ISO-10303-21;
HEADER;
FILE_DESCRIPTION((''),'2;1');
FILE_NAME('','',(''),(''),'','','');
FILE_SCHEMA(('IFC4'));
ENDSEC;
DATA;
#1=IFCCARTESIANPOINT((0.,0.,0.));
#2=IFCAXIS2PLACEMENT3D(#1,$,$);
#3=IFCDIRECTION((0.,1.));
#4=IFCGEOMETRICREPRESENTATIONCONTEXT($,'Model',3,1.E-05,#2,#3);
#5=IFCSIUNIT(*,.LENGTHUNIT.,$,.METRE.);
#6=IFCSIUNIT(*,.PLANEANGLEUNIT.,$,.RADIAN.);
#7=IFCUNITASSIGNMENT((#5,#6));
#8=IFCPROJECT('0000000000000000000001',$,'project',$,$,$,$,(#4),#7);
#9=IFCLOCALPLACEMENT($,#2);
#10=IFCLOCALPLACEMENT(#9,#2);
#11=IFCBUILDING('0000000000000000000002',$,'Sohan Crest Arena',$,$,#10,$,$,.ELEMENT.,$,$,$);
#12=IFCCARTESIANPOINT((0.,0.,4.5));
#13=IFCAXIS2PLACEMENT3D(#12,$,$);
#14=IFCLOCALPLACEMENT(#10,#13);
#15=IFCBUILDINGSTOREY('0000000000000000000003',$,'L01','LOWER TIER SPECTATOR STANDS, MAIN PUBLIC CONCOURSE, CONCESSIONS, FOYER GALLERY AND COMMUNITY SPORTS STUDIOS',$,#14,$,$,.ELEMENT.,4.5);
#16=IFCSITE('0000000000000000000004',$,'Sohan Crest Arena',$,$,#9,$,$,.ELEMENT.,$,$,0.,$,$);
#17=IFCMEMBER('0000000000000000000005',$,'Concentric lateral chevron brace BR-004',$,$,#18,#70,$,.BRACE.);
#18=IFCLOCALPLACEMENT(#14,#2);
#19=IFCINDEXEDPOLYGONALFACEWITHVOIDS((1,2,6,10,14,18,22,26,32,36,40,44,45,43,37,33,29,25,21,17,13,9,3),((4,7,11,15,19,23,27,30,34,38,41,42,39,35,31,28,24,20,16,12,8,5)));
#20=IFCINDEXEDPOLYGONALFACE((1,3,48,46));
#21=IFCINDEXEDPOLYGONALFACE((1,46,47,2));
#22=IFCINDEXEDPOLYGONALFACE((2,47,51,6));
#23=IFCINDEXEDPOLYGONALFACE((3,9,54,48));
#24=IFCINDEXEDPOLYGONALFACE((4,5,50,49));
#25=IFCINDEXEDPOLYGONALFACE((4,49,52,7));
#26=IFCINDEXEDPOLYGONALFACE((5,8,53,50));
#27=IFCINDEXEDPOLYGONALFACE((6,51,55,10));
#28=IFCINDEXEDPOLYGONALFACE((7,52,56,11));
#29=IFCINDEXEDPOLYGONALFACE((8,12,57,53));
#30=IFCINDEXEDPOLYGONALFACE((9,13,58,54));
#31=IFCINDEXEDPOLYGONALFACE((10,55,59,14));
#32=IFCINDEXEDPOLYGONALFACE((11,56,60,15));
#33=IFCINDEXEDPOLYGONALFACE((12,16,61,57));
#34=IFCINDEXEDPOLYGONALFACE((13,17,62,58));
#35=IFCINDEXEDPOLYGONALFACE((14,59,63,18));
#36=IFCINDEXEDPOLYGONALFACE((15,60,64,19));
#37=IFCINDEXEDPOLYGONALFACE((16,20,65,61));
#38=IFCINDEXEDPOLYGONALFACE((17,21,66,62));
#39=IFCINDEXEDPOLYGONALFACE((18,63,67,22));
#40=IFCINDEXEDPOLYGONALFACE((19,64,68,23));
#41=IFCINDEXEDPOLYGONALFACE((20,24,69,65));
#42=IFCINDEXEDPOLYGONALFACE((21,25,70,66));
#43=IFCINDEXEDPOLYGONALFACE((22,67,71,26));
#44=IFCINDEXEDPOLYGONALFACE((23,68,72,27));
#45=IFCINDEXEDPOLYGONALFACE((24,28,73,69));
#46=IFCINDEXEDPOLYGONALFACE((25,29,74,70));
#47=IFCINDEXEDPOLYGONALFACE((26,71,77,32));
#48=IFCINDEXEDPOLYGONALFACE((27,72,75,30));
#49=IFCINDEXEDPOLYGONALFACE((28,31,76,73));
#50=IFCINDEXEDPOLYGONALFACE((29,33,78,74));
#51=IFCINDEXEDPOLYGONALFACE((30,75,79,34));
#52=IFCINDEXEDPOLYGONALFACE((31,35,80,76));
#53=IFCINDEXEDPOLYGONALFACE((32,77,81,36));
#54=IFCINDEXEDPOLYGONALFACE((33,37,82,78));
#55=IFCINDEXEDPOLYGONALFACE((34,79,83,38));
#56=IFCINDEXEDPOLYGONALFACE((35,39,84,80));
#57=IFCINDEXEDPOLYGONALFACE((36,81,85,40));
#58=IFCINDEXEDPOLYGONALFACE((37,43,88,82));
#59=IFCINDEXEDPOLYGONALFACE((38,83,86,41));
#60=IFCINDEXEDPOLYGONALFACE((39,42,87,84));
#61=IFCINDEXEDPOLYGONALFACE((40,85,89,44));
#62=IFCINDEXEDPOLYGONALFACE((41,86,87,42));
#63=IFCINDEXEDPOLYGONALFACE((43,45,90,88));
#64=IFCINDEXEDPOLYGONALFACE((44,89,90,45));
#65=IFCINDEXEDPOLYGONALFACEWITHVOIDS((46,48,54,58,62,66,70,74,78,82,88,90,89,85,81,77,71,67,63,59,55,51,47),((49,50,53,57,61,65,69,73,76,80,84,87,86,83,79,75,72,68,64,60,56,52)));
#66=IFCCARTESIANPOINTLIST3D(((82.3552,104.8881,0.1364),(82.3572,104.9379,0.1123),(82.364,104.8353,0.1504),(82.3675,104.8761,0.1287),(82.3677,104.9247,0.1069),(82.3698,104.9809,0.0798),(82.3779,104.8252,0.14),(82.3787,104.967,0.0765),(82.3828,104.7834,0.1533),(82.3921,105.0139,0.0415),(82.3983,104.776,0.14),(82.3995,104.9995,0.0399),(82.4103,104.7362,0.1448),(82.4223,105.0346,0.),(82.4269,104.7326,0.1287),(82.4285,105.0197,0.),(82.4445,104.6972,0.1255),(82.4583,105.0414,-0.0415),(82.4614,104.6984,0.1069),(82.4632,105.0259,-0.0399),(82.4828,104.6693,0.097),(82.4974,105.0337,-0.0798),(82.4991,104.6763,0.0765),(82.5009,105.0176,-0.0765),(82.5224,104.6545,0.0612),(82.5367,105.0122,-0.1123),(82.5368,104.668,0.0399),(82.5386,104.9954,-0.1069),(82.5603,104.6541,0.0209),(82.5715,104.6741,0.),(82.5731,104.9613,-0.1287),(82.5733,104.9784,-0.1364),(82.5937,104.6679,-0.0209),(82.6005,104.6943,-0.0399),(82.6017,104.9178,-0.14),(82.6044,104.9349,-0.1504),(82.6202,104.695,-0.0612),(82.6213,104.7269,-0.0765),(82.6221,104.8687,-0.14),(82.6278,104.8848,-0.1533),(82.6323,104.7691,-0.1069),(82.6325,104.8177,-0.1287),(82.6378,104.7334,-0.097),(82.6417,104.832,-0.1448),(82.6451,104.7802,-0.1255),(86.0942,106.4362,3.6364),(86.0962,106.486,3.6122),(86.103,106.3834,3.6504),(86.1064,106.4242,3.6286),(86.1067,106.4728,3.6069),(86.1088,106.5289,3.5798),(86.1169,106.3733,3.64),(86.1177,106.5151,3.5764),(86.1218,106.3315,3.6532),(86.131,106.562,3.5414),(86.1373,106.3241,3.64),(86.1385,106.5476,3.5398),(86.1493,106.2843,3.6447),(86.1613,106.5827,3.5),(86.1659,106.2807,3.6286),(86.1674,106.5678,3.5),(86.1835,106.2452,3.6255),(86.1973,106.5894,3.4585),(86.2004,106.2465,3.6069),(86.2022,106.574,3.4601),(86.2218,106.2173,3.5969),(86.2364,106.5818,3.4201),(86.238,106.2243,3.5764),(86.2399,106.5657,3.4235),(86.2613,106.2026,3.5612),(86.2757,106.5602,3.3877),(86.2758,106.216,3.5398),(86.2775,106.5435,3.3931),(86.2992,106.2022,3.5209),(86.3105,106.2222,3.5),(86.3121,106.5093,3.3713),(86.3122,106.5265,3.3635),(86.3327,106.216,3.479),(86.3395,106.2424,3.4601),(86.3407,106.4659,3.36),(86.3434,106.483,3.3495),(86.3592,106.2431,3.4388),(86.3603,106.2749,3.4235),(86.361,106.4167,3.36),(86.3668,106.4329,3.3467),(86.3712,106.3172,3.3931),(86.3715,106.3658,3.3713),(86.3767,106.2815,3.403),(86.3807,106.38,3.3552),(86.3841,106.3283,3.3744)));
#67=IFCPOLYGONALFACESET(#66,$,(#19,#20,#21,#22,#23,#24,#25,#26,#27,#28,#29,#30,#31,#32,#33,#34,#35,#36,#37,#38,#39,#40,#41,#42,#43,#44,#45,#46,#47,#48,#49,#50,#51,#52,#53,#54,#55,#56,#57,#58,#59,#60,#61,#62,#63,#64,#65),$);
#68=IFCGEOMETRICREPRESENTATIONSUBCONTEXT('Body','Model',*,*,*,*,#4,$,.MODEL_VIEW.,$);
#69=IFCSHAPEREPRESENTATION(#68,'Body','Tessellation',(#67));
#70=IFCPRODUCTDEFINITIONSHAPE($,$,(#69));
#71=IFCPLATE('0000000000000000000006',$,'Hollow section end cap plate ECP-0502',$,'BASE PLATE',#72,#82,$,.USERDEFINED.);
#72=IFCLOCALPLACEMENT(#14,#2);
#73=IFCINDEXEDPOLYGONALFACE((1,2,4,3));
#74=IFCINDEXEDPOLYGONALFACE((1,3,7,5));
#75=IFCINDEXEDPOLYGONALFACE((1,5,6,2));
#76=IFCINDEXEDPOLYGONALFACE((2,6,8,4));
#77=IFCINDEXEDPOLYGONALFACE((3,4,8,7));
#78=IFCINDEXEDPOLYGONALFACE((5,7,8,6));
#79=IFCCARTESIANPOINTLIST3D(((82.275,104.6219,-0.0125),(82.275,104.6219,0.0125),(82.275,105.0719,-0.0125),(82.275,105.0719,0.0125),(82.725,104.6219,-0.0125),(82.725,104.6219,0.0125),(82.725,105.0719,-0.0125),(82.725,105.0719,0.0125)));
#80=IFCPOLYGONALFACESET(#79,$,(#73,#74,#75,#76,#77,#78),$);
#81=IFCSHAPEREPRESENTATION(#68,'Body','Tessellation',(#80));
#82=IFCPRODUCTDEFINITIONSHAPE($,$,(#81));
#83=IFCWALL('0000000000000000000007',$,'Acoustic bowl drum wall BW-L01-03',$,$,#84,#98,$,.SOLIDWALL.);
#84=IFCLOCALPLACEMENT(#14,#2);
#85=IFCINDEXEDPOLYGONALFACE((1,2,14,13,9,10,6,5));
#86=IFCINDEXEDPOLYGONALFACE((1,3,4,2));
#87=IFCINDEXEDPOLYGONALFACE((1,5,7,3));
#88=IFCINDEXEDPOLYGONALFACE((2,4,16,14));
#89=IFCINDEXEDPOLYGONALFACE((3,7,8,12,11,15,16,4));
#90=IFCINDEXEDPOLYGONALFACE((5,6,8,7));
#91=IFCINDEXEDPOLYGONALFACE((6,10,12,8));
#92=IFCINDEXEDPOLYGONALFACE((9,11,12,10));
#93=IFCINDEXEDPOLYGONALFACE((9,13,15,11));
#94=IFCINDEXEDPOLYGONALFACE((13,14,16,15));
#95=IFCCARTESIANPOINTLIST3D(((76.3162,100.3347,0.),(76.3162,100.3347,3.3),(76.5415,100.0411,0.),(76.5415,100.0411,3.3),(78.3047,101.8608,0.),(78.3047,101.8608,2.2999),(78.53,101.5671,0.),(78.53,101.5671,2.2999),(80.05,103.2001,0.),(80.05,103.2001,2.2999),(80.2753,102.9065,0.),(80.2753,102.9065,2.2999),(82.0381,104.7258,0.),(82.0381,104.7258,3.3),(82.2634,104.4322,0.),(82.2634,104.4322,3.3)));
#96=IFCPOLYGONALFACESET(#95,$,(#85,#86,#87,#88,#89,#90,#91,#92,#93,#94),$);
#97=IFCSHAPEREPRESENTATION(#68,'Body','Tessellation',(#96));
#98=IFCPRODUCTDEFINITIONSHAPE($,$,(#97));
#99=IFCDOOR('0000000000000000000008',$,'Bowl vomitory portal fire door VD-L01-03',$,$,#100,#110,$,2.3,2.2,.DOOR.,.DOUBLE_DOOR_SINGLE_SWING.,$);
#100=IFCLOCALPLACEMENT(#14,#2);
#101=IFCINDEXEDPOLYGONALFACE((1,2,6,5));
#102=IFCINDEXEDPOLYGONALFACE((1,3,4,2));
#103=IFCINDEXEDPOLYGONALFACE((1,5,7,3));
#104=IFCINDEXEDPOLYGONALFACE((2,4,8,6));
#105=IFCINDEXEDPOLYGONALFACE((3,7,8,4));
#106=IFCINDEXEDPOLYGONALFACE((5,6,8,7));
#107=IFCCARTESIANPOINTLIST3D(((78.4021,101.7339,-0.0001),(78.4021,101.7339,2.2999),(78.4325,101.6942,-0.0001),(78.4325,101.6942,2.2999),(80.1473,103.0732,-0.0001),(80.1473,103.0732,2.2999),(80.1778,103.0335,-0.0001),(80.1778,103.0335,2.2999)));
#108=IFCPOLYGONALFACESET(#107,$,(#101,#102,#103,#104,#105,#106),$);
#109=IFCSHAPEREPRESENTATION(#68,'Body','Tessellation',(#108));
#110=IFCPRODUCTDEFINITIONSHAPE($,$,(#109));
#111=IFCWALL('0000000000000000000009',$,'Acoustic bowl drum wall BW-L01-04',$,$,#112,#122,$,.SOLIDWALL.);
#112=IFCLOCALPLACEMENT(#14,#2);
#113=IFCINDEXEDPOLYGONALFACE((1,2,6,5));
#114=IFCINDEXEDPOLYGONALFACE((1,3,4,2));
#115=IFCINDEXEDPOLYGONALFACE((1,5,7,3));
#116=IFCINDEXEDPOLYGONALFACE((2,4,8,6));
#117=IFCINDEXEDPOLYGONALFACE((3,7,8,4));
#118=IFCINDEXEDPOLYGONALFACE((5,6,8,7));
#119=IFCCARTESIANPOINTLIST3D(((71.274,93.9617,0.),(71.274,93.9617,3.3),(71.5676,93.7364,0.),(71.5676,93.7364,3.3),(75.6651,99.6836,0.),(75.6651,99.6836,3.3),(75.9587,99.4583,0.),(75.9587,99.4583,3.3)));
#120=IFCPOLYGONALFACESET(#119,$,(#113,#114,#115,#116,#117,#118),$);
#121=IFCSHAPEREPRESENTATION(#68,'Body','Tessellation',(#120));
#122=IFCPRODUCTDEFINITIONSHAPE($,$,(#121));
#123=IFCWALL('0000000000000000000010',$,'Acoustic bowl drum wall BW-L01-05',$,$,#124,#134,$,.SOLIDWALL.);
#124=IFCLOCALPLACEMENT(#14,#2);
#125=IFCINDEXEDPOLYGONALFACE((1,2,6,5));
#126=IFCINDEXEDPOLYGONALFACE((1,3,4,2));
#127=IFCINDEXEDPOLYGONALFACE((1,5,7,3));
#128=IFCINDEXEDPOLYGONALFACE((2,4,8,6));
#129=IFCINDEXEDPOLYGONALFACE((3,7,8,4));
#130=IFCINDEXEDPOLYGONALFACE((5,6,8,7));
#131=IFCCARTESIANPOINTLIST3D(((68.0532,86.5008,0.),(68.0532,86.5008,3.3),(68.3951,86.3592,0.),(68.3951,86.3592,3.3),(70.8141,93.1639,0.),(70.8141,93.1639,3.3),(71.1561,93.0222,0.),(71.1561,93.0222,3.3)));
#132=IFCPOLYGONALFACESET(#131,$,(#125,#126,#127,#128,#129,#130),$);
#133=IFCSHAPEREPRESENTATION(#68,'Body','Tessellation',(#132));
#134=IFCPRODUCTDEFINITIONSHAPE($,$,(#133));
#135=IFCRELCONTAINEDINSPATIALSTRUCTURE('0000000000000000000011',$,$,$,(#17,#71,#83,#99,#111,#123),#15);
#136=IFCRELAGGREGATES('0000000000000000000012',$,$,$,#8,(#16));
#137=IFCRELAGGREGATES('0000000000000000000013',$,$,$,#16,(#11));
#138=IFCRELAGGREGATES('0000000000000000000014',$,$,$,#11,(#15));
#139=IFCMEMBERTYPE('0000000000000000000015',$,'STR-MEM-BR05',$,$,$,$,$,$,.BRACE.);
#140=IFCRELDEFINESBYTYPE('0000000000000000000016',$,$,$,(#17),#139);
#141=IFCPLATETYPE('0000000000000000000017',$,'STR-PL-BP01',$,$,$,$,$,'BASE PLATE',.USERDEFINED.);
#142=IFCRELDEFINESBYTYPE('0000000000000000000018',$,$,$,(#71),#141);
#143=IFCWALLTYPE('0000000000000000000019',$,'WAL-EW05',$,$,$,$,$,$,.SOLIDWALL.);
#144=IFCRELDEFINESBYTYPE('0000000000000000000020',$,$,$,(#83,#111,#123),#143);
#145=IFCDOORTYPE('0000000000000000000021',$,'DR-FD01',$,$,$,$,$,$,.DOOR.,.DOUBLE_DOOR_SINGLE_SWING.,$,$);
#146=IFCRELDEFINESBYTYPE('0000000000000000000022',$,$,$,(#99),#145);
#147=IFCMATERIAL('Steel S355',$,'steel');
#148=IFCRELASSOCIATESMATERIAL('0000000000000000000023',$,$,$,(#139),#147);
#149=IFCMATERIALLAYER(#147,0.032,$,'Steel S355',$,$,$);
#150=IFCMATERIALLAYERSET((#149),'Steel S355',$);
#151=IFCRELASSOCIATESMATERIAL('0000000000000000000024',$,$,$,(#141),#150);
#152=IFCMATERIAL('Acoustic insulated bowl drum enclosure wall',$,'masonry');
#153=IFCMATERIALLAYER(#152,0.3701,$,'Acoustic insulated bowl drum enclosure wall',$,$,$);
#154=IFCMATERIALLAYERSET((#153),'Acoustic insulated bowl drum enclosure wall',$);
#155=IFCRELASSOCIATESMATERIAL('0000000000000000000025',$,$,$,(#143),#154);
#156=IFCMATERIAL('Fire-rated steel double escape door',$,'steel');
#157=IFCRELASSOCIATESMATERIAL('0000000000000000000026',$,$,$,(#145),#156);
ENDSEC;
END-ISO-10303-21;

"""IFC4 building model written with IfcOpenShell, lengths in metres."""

from ifc_helpers import new_model, si_unit, direction, frame, frame_2d, origin, origin_2d, place, context, subcontext, project, spatial, rectangle, hollow_circle, extrude, material, layer, layer_set, material_profile, profile_set, type_object, element, fill, save


model = new_model("IFC4")

# Units and contexts
model_context = context("Model", 3, precision=1e-05, world=origin(), true_north=direction((0.0, 1.0)))
body_context = subcontext(model_context, "Body", "Model", "MODEL_VIEW")
ifc_project = project(units=[si_unit("LENGTHUNIT", "METRE"), si_unit("PLANEANGLEUNIT", "RADIAN")], contexts=[model_context])

# Site, building, storey
site_placement = place(None, origin())
site = spatial("IfcSite", under=ifc_project, at=site_placement, Name="Sohan Crest Arena", CompositionType="ELEMENT", RefElevation=0.0)
building_placement = place(site_placement, origin())
building = spatial("IfcBuilding", under=site, at=building_placement, Name="Sohan Crest Arena", CompositionType="ELEMENT")
storey_placement = place(building_placement, frame((0.0, 0.0, 4.5)))
storey = spatial("IfcBuildingStorey", under=building, at=storey_placement, Name="L01", Description="LOWER TIER SPECTATOR STANDS, MAIN PUBLIC CONCOURSE, CONCESSIONS, FOYER GALLERY AND COMMUNITY SPORTS STUDIOS", CompositionType="ELEMENT", Elevation=4.5)

# Shared definitions
ifc_material_1 = material(Name="Steel S355", Category="steel")

# Member
ifc_material_profile_1 = material_profile(ifc_material_1, hollow_circle(Radius=0.2031, WallThickness=0.0161, at=origin_2d()), Name="CHS 406.4x16")
ifc_profile_set_1 = profile_set([ifc_material_profile_1], Name="Steel S355")
member_type = type_object("IfcMemberType", Name="STR-MEM-BR05", PredefinedType="BRACE", material=ifc_profile_set_1)
member_placement = place(storey_placement, frame((82.5, 104.8469, 0.0), z_axis=(0.698828, 0.289342, 0.654156), x_axis=(-0.382545, 0.923937, 0.0)))
element("IfcMember", 1, at=member_placement, inside=storey, type_object=member_type, Name="Concentric lateral chevron brace BR-004", PredefinedType="BRACE", context=body_context, shape_type="SweptSolid", body=[
    extrude(hollow_circle(Radius=0.2031, WallThickness=0.0161, at=origin_2d()), origin(), (0.0, 0.0, 1.0), 5.3503),
])

# Plate
ifc_layer_1 = layer(ifc_material_1, 0.032, Name="Steel S355")
ifc_layer_set_1 = layer_set([ifc_layer_1], Name="Steel S355")
plate_type = type_object("IfcPlateType", Name="STR-PL-BP01", ElementType="BASE PLATE", PredefinedType="USERDEFINED", material=ifc_layer_set_1)
plate_placement = place(storey_placement, frame((82.5, 104.8469, -0.0125), z_axis=(0.0, 0.0, 1.0), x_axis=(1.0, 0.0, 0.0)))
element("IfcPlate", 2, at=plate_placement, inside=storey, type_object=plate_type, Name="Hollow section end cap plate ECP-0502", ObjectType="BASE PLATE", PredefinedType="USERDEFINED", context=body_context, shape_type="SweptSolid", body=[
    extrude(rectangle(XDim=0.45, YDim=0.45, at=origin_2d()), origin(), (0.0, 0.0, 1.0), 0.0249),
])

# Wall, opening, door
ifc_material_2 = material(Name="Acoustic insulated bowl drum enclosure wall", Category="masonry")
ifc_layer_2 = layer(ifc_material_2, 0.3701, Name="Acoustic insulated bowl drum enclosure wall")
ifc_layer_set_2 = layer_set([ifc_layer_2], Name="Acoustic insulated bowl drum enclosure wall")
wall_type = type_object("IfcWallType", Name="WAL-EW05", PredefinedType="SOLIDWALL", material=ifc_layer_set_2)
wall_1_placement = place(storey_placement, frame((82.1509, 104.5791, 0.0), z_axis=(0.0, 0.0, 1.0), x_axis=(-0.793318, -0.608807, 0.0)))
wall_1 = element("IfcWall", 3, at=wall_1_placement, inside=storey, type_object=wall_type, Name="Acoustic bowl drum wall BW-L01-03", PredefinedType="SOLIDWALL", context=body_context, shape_type="SweptSolid", body=[
    extrude(rectangle(XDim=7.2126, YDim=0.3701, at=frame_2d((3.6064, 0.0))), origin(), (0.0, 0.0, 1.0), 3.3),
])
opening_placement = place(wall_1_placement, frame((2.5061, 0.0, 0.0)))
opening = element("IfcOpeningElement", 4, at=opening_placement, cuts=wall_1, PredefinedType="OPENING", context=body_context, shape_type="SweptSolid", body=[
    extrude(rectangle(XDim=2.2, YDim=2.3, at=frame_2d((1.1001, 1.1499))), frame((0.0, 0.1951, 0.0), z_axis=(0.0, -1.0, 0.0), x_axis=(1.0, 0.0, 0.0)), (0.0, 0.0, 1.0), 0.3901),
])
ifc_material_3 = material(Name="Fire-rated steel double escape door", Category="steel")
door_type = type_object("IfcDoorType", Name="DR-FD01", OperationType="DOUBLE_DOOR_SINGLE_SWING", PredefinedType="DOOR", material=ifc_material_3)
door_placement = place(opening_placement, origin())
door = element("IfcDoor", 5, at=door_placement, inside=storey, type_object=door_type, Name="Bowl vomitory portal fire door VD-L01-03", OperationType="DOUBLE_DOOR_SINGLE_SWING", OverallHeight=2.3, OverallWidth=2.2, PredefinedType="DOOR", context=body_context, shape_type="SweptSolid", body=[
    extrude(rectangle(XDim=2.2, YDim=2.3, at=frame_2d((1.1001, 1.1499))), frame((0.0, 0.0249, 0.0), z_axis=(0.0, -1.0, 0.0), x_axis=(1.0, 0.0, 0.0)), (0.0, 0.0, 1.0), 0.05),
])
fill(opening, door)

# Walls
wall_2_placement = place(storey_placement, frame((75.812, 99.571, 0.0), z_axis=(0.0, 0.0, 1.0), x_axis=(-0.608807, -0.793318, 0.0)))
element("IfcWall", 6, at=wall_2_placement, inside=storey, type_object=wall_type, Name="Acoustic bowl drum wall BW-L01-04", PredefinedType="SOLIDWALL", context=body_context, shape_type="SweptSolid", body=[
    extrude(rectangle(XDim=7.2126, YDim=0.3701, at=frame_2d((3.6064, 0.0))), origin(), (0.0, 0.0, 1.0), 3.3),
])
wall_3_placement = place(storey_placement, frame((70.9851, 93.093, 0.0), z_axis=(0.0, 0.0, 1.0), x_axis=(-0.382807, -0.923828, 0.0)))
element("IfcWall", 7, at=wall_3_placement, inside=storey, type_object=wall_type, Name="Acoustic bowl drum wall BW-L01-05", PredefinedType="SOLIDWALL", context=body_context, shape_type="SweptSolid", body=[
    extrude(rectangle(XDim=7.2124, YDim=0.3701, at=frame_2d((3.6062, 0.0))), origin(), (0.0, 0.0, 1.0), 3.3),
])

save(model, "model.ifc")
